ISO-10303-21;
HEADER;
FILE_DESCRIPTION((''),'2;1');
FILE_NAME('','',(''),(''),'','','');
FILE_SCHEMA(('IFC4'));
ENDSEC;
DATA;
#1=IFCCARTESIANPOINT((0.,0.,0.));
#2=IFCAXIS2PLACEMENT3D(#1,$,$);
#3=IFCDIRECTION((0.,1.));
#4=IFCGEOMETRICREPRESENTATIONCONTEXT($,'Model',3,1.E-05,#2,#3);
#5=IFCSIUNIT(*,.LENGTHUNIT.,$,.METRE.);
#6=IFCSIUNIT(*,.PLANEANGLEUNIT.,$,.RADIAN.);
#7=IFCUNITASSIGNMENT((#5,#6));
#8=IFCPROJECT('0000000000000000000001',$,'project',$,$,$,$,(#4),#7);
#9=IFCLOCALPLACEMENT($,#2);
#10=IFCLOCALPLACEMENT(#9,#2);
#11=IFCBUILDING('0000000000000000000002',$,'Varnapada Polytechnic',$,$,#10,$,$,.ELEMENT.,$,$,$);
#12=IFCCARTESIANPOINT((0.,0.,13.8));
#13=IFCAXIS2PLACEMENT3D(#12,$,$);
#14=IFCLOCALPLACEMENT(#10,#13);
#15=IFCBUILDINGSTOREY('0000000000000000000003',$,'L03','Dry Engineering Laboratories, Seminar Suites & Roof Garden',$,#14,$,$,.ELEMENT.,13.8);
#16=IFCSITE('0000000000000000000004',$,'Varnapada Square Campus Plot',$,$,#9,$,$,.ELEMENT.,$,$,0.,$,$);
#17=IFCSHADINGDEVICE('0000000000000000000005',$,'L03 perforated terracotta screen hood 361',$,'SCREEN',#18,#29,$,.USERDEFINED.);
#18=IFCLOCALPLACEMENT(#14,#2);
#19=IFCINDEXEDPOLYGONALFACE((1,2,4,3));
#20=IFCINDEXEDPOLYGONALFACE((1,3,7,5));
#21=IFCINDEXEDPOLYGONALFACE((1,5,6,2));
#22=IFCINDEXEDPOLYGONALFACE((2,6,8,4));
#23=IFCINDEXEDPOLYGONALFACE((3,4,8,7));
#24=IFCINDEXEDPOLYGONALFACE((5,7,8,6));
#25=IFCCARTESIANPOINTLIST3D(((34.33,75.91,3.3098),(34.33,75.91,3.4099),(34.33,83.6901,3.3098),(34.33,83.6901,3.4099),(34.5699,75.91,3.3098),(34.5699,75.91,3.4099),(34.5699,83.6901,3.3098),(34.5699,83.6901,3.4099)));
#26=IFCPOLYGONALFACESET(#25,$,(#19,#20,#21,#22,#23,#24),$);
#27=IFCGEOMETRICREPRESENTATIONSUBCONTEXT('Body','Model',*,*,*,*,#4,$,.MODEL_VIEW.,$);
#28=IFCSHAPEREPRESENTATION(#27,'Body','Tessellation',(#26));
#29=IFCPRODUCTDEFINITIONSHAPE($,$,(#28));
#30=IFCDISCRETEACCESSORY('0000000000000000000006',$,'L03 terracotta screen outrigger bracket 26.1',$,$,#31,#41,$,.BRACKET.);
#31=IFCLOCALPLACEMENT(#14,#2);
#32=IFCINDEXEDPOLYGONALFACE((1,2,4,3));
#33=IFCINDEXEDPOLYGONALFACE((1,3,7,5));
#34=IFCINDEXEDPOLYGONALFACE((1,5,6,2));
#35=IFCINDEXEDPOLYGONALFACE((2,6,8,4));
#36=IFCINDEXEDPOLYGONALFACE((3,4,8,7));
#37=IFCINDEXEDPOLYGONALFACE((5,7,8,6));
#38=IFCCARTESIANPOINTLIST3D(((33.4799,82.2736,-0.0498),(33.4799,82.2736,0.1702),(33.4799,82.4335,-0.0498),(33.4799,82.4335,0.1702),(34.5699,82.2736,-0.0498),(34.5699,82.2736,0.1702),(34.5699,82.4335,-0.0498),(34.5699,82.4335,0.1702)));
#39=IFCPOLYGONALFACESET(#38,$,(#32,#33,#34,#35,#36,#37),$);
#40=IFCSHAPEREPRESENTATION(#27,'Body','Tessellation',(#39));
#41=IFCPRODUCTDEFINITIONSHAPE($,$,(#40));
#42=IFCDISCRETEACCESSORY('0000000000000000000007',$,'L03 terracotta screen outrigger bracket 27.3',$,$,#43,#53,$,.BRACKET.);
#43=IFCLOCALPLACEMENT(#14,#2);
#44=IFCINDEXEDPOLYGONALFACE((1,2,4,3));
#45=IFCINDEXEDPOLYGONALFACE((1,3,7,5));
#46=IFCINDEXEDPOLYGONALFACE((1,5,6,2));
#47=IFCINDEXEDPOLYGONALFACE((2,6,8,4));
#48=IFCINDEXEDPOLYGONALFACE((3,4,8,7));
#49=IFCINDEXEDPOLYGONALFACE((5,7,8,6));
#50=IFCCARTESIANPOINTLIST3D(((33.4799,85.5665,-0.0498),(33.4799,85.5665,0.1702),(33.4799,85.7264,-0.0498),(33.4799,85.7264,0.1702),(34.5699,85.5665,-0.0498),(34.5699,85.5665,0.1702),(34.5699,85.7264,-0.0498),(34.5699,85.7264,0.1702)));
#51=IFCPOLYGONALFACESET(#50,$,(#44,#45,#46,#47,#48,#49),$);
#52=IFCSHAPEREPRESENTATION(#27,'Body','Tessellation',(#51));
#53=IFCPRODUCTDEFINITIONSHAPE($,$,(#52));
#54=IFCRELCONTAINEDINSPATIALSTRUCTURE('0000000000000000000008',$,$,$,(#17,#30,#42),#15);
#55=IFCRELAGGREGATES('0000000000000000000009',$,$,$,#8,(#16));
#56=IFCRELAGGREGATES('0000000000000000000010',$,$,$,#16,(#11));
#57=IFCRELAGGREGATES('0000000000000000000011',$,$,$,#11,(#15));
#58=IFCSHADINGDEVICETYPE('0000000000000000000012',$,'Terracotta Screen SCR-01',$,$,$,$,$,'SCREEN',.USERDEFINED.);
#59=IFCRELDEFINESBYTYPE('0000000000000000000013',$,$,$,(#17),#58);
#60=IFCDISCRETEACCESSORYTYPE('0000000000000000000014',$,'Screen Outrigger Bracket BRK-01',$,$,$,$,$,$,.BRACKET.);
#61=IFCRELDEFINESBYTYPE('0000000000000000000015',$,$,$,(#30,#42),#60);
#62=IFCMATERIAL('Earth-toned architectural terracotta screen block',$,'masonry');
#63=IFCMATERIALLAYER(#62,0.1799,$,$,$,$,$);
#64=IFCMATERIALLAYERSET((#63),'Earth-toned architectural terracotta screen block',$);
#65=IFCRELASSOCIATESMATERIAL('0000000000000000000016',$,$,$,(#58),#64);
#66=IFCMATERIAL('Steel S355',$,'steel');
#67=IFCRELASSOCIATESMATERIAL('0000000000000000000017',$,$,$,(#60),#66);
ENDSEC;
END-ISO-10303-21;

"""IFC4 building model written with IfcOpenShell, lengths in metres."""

from ifc_helpers import new_model, si_unit, direction, frame, origin, origin_2d, place, context, subcontext, project, spatial, rectangle, extrude, material, layer, layer_set, type_object, element, save


model = new_model("IFC4")

# Units and contexts
model_context = context("Model", 3, precision=1e-05, world=origin(), true_north=direction((0.0, 1.0)))
body_context = subcontext(model_context, "Body", "Model", "MODEL_VIEW")
ifc_project = project(units=[si_unit("LENGTHUNIT", "METRE"), si_unit("PLANEANGLEUNIT", "RADIAN")], contexts=[model_context])

# Site, building, storey
site_placement = place(None, origin())
site = spatial("IfcSite", under=ifc_project, at=site_placement, Name="Varnapada Square Campus Plot", CompositionType="ELEMENT", RefElevation=0.0)
building_placement = place(site_placement, origin())
building = spatial("IfcBuilding", under=site, at=building_placement, Name="Varnapada Polytechnic", CompositionType="ELEMENT")
storey_placement = place(building_placement, frame((0.0, 0.0, 13.8)))
storey = spatial("IfcBuildingStorey", under=building, at=storey_placement, Name="L03", Description="Dry Engineering Laboratories, Seminar Suites & Roof Garden", CompositionType="ELEMENT", Elevation=13.8)

# Shading device
ifc_material_1 = material(Name="Earth-toned architectural terracotta screen block", Category="masonry")
ifc_layer = layer(ifc_material_1, 0.1799)
ifc_layer_set = layer_set([ifc_layer], Name="Earth-toned architectural terracotta screen block")
shading_device_type = type_object("IfcShadingDeviceType", Name="Terracotta Screen SCR-01", ElementType="SCREEN", PredefinedType="USERDEFINED", material=ifc_layer_set)
shading_device_placement = place(storey_placement, frame((34.45, 79.8, 3.3098), z_axis=(0.0, 0.0, 1.0), x_axis=(0.0, -1.0, 0.0)))
element("IfcShadingDevice", 1, at=shading_device_placement, inside=storey, type_object=shading_device_type, Name="L03 perforated terracotta screen hood 361", ObjectType="SCREEN", PredefinedType="USERDEFINED", context=body_context, shape_type="SweptSolid", body=[
    extrude(rectangle(XDim=7.78, YDim=0.24, at=origin_2d()), origin(), (0.0, 0.0, 1.0), 0.1001),
])

# Discrete accessories
ifc_material_2 = material(Name="Steel S355", Category="steel")
discrete_accessory_type = type_object("IfcDiscreteAccessoryType", Name="Screen Outrigger Bracket BRK-01", PredefinedType="BRACKET", material=ifc_material_2)
for number, where, z_axis, x_axis, name in (
    (2, (34.0249, 82.3535, -0.0498), (0.0, 0.0, 1.0), (0.0, -1.0, 0.0), "L03 terracotta screen outrigger bracket 26.1"),
    (3, (34.0249, 85.6465, -0.0498), (0.0, 0.0, 1.0), (0.0, -1.0, 0.0), "L03 terracotta screen outrigger bracket 27.3"),
):
    element("IfcDiscreteAccessory", number, at=place(storey_placement, frame(where, z_axis=z_axis, x_axis=x_axis)), inside=storey, type_object=discrete_accessory_type, Name=name, PredefinedType="BRACKET", context=body_context, shape_type="SweptSolid", body=[
        extrude(rectangle(XDim=0.1599, YDim=1.0901, at=origin_2d()), origin(), (0.0, 0.0, 1.0), 0.22),
    ])

save(model, "model.ifc")
